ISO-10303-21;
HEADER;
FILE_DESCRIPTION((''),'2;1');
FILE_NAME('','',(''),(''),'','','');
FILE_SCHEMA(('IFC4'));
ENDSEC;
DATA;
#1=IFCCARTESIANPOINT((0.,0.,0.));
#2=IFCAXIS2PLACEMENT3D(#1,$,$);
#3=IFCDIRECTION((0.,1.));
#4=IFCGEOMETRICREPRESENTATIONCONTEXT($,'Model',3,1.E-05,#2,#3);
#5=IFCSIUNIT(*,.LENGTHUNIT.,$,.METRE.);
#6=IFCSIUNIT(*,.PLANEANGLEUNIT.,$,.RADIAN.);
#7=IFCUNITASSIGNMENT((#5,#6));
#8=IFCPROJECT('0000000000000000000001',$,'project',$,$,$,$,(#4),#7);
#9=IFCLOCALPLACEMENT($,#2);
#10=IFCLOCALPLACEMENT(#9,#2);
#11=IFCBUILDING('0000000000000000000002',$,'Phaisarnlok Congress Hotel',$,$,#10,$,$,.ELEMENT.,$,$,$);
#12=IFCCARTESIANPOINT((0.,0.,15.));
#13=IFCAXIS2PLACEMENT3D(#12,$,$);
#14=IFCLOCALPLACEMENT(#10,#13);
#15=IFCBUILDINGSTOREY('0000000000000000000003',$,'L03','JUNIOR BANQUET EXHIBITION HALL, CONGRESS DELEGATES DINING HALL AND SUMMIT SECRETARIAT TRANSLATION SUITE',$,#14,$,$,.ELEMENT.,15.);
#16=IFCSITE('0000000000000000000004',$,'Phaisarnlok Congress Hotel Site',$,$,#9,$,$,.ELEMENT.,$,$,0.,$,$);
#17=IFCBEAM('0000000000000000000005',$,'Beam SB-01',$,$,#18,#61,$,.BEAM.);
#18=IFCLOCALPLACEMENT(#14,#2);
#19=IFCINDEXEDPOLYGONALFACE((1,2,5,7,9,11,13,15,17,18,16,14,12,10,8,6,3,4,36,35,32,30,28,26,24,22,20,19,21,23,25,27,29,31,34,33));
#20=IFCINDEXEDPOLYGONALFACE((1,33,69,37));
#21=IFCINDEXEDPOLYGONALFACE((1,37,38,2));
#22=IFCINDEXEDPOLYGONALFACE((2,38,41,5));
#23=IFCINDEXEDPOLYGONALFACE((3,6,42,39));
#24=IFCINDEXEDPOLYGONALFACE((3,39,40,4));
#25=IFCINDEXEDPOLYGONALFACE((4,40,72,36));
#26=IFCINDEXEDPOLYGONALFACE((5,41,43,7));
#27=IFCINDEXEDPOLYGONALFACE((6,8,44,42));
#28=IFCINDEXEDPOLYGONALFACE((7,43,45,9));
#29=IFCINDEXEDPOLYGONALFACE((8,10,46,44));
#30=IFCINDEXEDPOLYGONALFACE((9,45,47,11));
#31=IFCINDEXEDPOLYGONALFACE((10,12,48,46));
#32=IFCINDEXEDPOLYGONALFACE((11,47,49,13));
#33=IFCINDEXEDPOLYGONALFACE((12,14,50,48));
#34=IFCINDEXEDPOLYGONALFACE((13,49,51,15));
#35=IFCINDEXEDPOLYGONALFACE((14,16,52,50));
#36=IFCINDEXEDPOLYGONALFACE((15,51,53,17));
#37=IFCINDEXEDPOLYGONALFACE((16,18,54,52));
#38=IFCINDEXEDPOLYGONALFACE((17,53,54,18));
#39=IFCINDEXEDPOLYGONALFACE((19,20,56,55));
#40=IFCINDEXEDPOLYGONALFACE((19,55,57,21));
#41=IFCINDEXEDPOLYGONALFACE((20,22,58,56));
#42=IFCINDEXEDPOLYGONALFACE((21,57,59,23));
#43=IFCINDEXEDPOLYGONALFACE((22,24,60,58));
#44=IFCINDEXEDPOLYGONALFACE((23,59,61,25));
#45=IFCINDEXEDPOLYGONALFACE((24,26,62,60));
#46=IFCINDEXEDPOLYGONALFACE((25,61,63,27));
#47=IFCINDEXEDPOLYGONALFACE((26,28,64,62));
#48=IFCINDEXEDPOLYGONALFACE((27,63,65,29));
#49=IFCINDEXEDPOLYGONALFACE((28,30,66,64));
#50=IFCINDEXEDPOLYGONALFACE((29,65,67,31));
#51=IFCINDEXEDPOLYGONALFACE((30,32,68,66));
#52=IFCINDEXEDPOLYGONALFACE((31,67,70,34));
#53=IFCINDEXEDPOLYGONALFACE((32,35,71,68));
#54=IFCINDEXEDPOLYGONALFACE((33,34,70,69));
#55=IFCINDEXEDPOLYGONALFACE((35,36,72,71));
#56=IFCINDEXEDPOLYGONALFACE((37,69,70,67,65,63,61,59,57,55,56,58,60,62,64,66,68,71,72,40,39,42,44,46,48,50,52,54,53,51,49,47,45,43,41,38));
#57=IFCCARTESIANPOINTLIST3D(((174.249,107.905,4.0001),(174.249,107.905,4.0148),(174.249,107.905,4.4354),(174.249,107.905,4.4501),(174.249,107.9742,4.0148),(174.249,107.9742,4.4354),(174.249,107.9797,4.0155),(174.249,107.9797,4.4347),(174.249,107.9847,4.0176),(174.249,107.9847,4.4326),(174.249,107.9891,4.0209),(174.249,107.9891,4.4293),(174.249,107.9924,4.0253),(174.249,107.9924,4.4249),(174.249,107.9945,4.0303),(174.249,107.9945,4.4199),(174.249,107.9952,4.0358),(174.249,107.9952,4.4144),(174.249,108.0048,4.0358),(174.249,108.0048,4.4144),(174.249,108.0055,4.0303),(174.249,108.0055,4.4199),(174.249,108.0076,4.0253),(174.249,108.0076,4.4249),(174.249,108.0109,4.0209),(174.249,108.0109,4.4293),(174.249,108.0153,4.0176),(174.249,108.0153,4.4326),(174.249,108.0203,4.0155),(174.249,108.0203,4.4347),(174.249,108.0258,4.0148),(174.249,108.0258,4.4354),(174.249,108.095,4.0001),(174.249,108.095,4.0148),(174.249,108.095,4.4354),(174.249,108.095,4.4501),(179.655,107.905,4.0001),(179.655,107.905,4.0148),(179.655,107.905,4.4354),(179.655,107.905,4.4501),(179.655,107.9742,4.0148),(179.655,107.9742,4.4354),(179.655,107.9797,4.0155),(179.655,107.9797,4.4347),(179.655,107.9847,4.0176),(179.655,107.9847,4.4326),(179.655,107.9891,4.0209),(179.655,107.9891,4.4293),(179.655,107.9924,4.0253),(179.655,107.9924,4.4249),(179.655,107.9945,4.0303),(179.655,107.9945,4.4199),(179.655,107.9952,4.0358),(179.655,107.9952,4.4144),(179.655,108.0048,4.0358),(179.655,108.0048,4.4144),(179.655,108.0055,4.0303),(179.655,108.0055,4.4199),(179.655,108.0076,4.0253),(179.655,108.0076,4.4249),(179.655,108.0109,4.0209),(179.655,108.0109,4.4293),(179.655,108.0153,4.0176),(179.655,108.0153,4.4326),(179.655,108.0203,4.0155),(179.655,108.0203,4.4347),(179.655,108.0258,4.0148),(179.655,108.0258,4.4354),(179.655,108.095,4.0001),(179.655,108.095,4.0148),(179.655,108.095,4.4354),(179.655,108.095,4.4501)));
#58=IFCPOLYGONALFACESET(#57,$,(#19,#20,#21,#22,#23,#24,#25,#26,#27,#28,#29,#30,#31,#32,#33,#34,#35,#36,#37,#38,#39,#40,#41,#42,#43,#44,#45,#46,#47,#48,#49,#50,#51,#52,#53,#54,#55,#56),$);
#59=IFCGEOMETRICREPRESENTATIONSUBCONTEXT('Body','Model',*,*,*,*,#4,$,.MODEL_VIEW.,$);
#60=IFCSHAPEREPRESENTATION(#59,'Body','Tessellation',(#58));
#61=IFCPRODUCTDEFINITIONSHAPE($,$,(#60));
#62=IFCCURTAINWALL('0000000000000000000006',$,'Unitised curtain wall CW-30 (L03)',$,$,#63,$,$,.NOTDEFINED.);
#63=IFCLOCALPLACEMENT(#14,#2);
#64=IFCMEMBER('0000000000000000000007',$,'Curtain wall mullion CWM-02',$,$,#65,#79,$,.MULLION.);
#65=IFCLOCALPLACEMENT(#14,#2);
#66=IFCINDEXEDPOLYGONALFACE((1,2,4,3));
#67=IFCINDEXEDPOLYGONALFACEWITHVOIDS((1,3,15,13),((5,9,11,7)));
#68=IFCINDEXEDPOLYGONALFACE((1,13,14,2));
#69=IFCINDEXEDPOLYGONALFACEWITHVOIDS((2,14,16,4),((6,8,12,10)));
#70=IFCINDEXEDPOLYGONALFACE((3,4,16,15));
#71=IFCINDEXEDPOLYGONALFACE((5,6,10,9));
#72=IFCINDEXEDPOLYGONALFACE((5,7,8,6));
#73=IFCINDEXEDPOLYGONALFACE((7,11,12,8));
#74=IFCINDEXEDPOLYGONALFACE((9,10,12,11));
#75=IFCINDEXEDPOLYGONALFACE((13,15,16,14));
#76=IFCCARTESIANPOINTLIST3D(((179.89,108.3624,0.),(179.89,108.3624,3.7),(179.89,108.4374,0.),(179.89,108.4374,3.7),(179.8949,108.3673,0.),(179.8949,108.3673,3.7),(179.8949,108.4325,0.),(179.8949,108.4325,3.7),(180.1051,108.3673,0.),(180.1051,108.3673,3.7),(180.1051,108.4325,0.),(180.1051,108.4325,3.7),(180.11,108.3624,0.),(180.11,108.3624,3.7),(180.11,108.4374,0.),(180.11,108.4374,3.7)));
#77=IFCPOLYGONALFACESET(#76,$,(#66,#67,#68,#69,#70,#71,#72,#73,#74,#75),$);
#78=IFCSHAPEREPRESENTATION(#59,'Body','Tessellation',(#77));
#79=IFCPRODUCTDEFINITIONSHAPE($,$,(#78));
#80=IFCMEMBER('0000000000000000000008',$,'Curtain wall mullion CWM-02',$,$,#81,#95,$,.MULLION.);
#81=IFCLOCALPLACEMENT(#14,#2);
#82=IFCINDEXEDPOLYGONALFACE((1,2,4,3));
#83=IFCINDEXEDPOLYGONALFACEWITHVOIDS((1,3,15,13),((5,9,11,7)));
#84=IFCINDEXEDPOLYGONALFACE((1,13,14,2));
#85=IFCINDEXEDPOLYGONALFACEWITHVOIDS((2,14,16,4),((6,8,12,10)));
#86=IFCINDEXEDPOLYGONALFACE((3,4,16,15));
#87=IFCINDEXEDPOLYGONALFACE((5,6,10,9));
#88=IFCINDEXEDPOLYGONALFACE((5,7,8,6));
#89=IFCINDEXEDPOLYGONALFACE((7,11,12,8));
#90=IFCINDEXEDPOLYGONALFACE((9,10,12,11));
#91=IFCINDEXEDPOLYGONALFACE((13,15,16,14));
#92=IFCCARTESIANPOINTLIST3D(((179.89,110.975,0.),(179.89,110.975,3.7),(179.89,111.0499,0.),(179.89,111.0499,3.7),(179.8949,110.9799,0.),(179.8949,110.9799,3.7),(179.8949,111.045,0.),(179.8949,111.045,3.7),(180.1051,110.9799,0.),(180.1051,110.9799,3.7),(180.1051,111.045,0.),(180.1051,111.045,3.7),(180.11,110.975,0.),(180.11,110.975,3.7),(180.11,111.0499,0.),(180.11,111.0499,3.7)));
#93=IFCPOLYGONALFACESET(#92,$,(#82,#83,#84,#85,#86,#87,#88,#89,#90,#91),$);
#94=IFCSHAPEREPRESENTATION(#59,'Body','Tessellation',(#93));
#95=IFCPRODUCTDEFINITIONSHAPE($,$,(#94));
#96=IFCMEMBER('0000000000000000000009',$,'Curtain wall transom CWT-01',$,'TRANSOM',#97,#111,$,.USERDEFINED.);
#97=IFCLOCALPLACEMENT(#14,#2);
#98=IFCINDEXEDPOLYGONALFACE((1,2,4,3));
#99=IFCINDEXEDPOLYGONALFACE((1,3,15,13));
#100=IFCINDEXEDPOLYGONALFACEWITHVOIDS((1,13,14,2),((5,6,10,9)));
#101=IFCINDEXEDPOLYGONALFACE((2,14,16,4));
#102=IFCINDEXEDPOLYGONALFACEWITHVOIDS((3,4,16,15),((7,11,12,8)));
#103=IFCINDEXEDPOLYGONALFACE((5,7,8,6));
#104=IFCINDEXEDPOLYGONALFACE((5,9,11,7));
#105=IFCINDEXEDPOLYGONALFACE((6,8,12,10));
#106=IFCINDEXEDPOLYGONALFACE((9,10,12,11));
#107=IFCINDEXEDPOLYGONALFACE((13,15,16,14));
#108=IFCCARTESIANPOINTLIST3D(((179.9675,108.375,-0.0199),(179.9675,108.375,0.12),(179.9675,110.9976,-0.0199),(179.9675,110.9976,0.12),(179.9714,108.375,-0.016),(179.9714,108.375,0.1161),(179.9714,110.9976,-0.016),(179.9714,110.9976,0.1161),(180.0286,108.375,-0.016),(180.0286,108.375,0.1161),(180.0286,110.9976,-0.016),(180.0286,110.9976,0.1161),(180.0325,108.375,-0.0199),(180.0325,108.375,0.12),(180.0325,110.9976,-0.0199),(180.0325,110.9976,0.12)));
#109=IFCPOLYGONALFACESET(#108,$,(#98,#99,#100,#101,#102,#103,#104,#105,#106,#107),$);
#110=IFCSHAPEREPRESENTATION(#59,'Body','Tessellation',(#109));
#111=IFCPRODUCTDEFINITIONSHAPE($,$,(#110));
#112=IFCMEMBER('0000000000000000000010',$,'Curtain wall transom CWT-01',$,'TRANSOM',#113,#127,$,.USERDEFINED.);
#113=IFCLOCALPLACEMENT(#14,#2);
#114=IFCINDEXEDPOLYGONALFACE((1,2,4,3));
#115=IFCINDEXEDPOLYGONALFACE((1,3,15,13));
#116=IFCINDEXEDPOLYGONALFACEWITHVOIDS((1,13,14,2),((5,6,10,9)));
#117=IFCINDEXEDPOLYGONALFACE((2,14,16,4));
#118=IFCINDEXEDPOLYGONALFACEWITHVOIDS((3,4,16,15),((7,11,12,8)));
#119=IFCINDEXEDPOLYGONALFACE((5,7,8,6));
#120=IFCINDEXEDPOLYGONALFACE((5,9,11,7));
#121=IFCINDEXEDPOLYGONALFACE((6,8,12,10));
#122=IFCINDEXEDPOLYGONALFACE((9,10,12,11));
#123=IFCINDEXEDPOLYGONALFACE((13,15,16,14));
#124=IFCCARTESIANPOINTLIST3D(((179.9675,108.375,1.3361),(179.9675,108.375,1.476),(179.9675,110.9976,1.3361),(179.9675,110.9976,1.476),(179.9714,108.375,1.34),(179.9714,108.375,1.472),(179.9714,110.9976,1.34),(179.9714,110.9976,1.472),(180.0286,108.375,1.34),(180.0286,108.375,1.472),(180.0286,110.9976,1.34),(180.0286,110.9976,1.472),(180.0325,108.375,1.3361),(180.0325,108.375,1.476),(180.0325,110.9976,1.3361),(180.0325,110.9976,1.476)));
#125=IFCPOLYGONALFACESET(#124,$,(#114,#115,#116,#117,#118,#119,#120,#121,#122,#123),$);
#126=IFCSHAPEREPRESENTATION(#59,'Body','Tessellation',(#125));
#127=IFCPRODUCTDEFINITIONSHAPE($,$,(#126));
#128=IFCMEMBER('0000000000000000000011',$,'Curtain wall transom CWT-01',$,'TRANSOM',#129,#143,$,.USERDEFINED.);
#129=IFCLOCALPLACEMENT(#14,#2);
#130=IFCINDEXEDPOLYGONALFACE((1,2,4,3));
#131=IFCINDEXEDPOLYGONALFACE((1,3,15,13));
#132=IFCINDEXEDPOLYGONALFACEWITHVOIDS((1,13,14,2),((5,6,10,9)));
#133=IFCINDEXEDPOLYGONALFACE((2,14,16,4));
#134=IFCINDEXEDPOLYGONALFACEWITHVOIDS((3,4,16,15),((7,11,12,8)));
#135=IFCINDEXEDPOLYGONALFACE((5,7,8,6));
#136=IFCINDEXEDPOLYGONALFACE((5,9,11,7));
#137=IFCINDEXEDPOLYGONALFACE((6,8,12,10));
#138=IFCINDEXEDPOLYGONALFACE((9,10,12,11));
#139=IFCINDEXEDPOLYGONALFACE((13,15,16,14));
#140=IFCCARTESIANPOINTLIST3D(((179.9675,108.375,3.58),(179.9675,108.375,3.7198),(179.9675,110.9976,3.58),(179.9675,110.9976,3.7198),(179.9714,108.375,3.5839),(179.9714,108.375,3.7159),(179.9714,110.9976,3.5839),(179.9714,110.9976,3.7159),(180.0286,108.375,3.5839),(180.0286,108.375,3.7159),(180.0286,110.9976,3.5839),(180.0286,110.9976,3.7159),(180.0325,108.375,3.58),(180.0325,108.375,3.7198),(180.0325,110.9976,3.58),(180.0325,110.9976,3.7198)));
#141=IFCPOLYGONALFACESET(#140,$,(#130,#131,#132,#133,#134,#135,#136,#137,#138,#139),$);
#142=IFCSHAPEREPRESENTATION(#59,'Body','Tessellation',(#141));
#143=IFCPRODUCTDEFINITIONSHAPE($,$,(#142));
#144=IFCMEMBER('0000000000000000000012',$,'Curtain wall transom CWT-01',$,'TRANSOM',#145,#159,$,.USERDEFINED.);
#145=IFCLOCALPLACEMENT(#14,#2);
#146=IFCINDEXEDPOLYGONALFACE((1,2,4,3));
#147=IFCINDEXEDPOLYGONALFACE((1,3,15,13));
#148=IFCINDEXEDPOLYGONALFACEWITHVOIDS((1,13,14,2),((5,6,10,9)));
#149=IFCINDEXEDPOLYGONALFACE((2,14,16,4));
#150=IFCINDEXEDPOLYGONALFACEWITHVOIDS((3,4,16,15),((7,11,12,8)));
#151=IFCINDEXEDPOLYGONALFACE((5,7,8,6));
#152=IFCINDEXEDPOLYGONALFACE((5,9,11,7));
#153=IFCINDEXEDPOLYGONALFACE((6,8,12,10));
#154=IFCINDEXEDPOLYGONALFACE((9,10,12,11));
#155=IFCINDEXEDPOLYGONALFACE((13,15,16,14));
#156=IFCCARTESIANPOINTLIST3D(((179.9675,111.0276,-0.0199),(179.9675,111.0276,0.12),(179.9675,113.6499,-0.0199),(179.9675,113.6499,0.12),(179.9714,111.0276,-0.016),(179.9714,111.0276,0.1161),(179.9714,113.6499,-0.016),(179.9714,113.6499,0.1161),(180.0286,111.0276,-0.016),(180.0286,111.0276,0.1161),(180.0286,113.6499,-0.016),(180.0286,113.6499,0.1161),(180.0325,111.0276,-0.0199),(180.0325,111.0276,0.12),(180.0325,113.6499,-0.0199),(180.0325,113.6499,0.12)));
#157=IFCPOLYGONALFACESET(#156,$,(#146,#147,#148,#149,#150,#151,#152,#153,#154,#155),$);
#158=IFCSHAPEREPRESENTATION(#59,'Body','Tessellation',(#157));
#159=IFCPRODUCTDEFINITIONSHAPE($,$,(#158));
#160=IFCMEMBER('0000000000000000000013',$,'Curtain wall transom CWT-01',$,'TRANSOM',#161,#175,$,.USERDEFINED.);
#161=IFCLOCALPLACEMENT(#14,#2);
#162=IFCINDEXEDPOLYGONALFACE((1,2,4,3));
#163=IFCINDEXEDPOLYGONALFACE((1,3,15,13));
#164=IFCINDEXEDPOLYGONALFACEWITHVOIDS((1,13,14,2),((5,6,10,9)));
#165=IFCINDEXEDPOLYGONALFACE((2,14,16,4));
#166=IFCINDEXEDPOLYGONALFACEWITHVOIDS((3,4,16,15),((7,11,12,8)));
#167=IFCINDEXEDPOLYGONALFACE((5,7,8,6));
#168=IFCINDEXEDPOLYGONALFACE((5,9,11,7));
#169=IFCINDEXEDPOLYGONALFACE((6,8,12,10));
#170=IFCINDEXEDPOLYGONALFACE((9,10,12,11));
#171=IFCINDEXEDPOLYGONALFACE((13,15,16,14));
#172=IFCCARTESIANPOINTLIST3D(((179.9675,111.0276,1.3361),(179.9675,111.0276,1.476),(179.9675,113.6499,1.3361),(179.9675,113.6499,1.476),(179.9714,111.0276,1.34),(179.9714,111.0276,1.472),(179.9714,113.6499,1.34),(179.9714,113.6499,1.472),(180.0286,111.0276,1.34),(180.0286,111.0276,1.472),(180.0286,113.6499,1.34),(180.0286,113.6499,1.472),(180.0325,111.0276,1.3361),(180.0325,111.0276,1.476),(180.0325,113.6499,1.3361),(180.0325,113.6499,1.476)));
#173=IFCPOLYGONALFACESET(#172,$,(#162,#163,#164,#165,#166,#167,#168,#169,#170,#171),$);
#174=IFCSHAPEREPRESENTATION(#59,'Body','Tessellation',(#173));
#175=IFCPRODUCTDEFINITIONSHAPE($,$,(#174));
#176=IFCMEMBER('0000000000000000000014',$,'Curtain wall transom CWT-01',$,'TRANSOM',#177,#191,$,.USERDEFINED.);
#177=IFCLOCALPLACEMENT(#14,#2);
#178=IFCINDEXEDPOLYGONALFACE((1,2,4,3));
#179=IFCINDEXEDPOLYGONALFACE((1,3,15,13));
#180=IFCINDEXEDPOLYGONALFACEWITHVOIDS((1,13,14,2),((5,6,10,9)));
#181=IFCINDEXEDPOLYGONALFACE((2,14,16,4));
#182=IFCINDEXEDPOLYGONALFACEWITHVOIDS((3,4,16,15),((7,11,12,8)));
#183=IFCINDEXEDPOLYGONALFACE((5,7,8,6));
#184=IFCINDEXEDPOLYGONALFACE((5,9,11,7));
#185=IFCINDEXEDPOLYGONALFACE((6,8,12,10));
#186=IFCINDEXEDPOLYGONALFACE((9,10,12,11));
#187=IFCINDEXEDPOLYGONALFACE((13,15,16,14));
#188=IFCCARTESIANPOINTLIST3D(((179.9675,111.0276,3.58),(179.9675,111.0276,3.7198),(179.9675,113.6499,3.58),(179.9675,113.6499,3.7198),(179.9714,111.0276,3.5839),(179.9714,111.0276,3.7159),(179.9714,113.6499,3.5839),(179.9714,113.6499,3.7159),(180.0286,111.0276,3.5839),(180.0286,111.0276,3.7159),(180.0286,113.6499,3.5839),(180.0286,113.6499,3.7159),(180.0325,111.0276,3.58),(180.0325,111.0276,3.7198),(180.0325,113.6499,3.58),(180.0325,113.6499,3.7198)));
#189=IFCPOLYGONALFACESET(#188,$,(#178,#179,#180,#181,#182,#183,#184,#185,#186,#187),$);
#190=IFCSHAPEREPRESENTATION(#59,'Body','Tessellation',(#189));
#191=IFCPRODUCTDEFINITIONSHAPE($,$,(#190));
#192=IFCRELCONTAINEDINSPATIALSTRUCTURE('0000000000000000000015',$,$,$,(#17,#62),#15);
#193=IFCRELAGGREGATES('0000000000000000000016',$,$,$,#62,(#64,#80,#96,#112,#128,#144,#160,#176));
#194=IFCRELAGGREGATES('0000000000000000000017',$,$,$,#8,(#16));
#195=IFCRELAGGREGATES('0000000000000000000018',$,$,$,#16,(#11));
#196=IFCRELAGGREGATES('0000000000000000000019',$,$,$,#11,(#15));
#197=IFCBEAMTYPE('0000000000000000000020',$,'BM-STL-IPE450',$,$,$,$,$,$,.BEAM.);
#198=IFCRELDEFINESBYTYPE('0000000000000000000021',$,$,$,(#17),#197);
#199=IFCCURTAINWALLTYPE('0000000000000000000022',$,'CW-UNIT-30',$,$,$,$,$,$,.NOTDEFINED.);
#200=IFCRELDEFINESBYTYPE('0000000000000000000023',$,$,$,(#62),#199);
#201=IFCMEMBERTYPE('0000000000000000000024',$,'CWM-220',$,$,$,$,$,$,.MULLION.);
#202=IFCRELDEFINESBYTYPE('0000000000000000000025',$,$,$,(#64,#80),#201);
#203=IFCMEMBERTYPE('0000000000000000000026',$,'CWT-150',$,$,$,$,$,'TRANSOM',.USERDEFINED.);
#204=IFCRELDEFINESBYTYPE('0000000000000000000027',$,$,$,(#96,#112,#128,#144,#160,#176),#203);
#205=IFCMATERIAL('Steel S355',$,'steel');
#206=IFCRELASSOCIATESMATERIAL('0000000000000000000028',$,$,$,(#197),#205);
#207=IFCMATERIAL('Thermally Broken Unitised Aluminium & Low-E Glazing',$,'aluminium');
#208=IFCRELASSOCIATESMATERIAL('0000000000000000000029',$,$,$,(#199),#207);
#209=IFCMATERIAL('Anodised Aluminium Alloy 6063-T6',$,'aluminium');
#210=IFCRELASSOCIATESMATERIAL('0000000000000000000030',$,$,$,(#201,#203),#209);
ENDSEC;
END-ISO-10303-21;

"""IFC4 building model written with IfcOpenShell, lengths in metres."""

from ifc_helpers import new_model, si_unit, direction, frame, origin, origin_2d, place, context, subcontext, project, spatial, hollow_rectangle, i_section, extrude, material, material_profile, profile_set, type_object, element, aggregate, save


model = new_model("IFC4")

# Units and contexts
model_context = context("Model", 3, precision=1e-05, world=origin(), true_north=direction((0.0, 1.0)))
body_context = subcontext(model_context, "Body", "Model", "MODEL_VIEW")
ifc_project = project(units=[si_unit("LENGTHUNIT", "METRE"), si_unit("PLANEANGLEUNIT", "RADIAN")], contexts=[model_context])

# Site, building, storey
site_placement = place(None, origin())
site = spatial("IfcSite", under=ifc_project, at=site_placement, Name="Phaisarnlok Congress Hotel Site", CompositionType="ELEMENT", RefElevation=0.0)
building_placement = place(site_placement, origin())
building = spatial("IfcBuilding", under=site, at=building_placement, Name="Phaisarnlok Congress Hotel", CompositionType="ELEMENT")
storey_placement = place(building_placement, frame((0.0, 0.0, 15.0)))
storey = spatial("IfcBuildingStorey", under=building, at=storey_placement, Name="L03", Description="JUNIOR BANQUET EXHIBITION HALL, CONGRESS DELEGATES DINING HALL AND SUMMIT SECRETARIAT TRANSLATION SUITE", CompositionType="ELEMENT", Elevation=15.0)

# Shared definitions
ifc_material_1 = material(Name="Steel S355", Category="steel")

# Beam
ifc_material_profile_1 = material_profile(ifc_material_1, i_section(OverallWidth=0.1899, OverallDepth=0.45, WebThickness=0.0095, FlangeThickness=0.0146, FilletRadius=0.021, at=origin_2d()), Name="IPE 450")
ifc_profile_set_1 = profile_set([ifc_material_profile_1], Name="Steel S355")
beam_type_1 = type_object("IfcBeamType", Name="BM-STL-IPE450", PredefinedType="BEAM", material=ifc_profile_set_1)
beam_1_placement = place(storey_placement, frame((174.249, 108.0, 4.2251), z_axis=(1.0, 0.0, 0.0), x_axis=(0.0, 1.0, 0.0)))
element("IfcBeam", 1, at=beam_1_placement, inside=storey, type_object=beam_type_1, Name="Beam SB-01", PredefinedType="BEAM", context=body_context, shape_type="SweptSolid", body=[
    extrude(i_section(OverallWidth=0.1899, OverallDepth=0.45, WebThickness=0.0095, FlangeThickness=0.0146, FilletRadius=0.021, at=origin_2d()), origin(), (0.0, 0.0, 1.0), 5.406),
])

# Curtain wall, members
ifc_material_2 = material(Name="Thermally Broken Unitised Aluminium & Low-E Glazing", Category="aluminium")
curtain_wall_type = type_object("IfcCurtainWallType", Name="CW-UNIT-30", PredefinedType="NOTDEFINED", material=ifc_material_2)
curtain_wall_placement = place(storey_placement, origin())
curtain_wall = element("IfcCurtainWall", 2, at=curtain_wall_placement, inside=storey, type_object=curtain_wall_type, Name="Unitised curtain wall CW-30 (L03)", PredefinedType="NOTDEFINED")
ifc_material_3 = material(Name="Anodised Aluminium Alloy 6063-T6", Category="aluminium")
ifc_material_profile_2 = material_profile(ifc_material_3, hollow_rectangle(XDim=0.075, YDim=0.22, WallThickness=0.0049, at=origin_2d()), Name="ALU-M 75x220x5")
ifc_profile_set_2 = profile_set([ifc_material_profile_2], Name="Anodised Aluminium Alloy 6063-T6")
member_type_1 = type_object("IfcMemberType", Name="CWM-220", PredefinedType="MULLION", material=ifc_profile_set_2)
member_1_placement = place(storey_placement, frame((180.0, 108.3999, 0.0), z_axis=(0.0, 0.0, 1.0), x_axis=(0.0, 1.0, 0.0)))
member_1 = element("IfcMember", 3, at=member_1_placement, type_object=member_type_1, Name="Curtain wall mullion CWM-02", PredefinedType="MULLION", context=body_context, shape_type="SweptSolid", body=[
    extrude(hollow_rectangle(XDim=0.075, YDim=0.22, WallThickness=0.0049, at=origin_2d()), origin(), (0.0, 0.0, 1.0), 3.7),
])
member_2_placement = place(storey_placement, frame((180.0, 111.0125, 0.0), z_axis=(0.0, 0.0, 1.0), x_axis=(0.0, 1.0, 0.0)))
member_2 = element("IfcMember", 4, at=member_2_placement, type_object=member_type_1, Name="Curtain wall mullion CWM-02", PredefinedType="MULLION", context=body_context, shape_type="SweptSolid", body=[
    extrude(hollow_rectangle(XDim=0.075, YDim=0.22, WallThickness=0.0049, at=origin_2d()), origin(), (0.0, 0.0, 1.0), 3.7),
])
ifc_material_profile_3 = material_profile(ifc_material_3, hollow_rectangle(XDim=0.0649, YDim=0.1399, WallThickness=0.0039, at=origin_2d()), Name="ALU-T 65x140x4")
ifc_profile_set_3 = profile_set([ifc_material_profile_3], Name="Anodised Aluminium Alloy 6063-T6")
member_type_2 = type_object("IfcMemberType", Name="CWT-150", ElementType="TRANSOM", PredefinedType="USERDEFINED", material=ifc_profile_set_3)
member_3_placement = place(storey_placement, frame((180.0, 108.375, 0.05), z_axis=(0.0, 1.0, 0.0), x_axis=(-1.0, 0.0, 0.0)))
member_3 = element("IfcMember", 5, at=member_3_placement, type_object=member_type_2, Name="Curtain wall transom CWT-01", ObjectType="TRANSOM", PredefinedType="USERDEFINED", context=body_context, shape_type="SweptSolid", body=[
    extrude(hollow_rectangle(XDim=0.0649, YDim=0.1399, WallThickness=0.0039, at=origin_2d()), origin(), (0.0, 0.0, 1.0), 2.6226),
])
member_4_placement = place(storey_placement, frame((180.0, 108.375, 1.406), z_axis=(0.0, 1.0, 0.0), x_axis=(-1.0, 0.0, 0.0)))
member_4 = element("IfcMember", 6, at=member_4_placement, type_object=member_type_2, Name="Curtain wall transom CWT-01", ObjectType="TRANSOM", PredefinedType="USERDEFINED", context=body_context, shape_type="SweptSolid", body=[
    extrude(hollow_rectangle(XDim=0.0649, YDim=0.1399, WallThickness=0.0039, at=origin_2d()), origin(), (0.0, 0.0, 1.0), 2.6226),
])
member_5_placement = place(storey_placement, frame((180.0, 108.375, 3.6499), z_axis=(0.0, 1.0, 0.0), x_axis=(-1.0, 0.0, 0.0)))
member_5 = element("IfcMember", 7, at=member_5_placement, type_object=member_type_2, Name="Curtain wall transom CWT-01", ObjectType="TRANSOM", PredefinedType="USERDEFINED", context=body_context, shape_type="SweptSolid", body=[
    extrude(hollow_rectangle(XDim=0.0649, YDim=0.1399, WallThickness=0.0039, at=origin_2d()), origin(), (0.0, 0.0, 1.0), 2.6226),
])
member_6_placement = place(storey_placement, frame((180.0, 111.0276, 0.05), z_axis=(0.0, 1.0, 0.0), x_axis=(-1.0, 0.0, 0.0)))
member_6 = element("IfcMember", 8, at=member_6_placement, type_object=member_type_2, Name="Curtain wall transom CWT-01", ObjectType="TRANSOM", PredefinedType="USERDEFINED", context=body_context, shape_type="SweptSolid", body=[
    extrude(hollow_rectangle(XDim=0.0649, YDim=0.1399, WallThickness=0.0039, at=origin_2d()), origin(), (0.0, 0.0, 1.0), 2.6223),
])
member_7_placement = place(storey_placement, frame((180.0, 111.0276, 1.406), z_axis=(0.0, 1.0, 0.0), x_axis=(-1.0, 0.0, 0.0)))
member_7 = element("IfcMember", 9, at=member_7_placement, type_object=member_type_2, Name="Curtain wall transom CWT-01", ObjectType="TRANSOM", PredefinedType="USERDEFINED", context=body_context, shape_type="SweptSolid", body=[
    extrude(hollow_rectangle(XDim=0.0649, YDim=0.1399, WallThickness=0.0039, at=origin_2d()), origin(), (0.0, 0.0, 1.0), 2.6223),
])
member_8_placement = place(storey_placement, frame((180.0, 111.0276, 3.6499), z_axis=(0.0, 1.0, 0.0), x_axis=(-1.0, 0.0, 0.0)))
member_8 = element("IfcMember", 10, at=member_8_placement, type_object=member_type_2, Name="Curtain wall transom CWT-01", ObjectType="TRANSOM", PredefinedType="USERDEFINED", context=body_context, shape_type="SweptSolid", body=[
    extrude(hollow_rectangle(XDim=0.0649, YDim=0.1399, WallThickness=0.0039, at=origin_2d()), origin(), (0.0, 0.0, 1.0), 2.6223),
])

aggregate(curtain_wall, [member_1, member_2, member_3, member_4, member_5, member_6, member_7, member_8])

save(model, "model.ifc")
